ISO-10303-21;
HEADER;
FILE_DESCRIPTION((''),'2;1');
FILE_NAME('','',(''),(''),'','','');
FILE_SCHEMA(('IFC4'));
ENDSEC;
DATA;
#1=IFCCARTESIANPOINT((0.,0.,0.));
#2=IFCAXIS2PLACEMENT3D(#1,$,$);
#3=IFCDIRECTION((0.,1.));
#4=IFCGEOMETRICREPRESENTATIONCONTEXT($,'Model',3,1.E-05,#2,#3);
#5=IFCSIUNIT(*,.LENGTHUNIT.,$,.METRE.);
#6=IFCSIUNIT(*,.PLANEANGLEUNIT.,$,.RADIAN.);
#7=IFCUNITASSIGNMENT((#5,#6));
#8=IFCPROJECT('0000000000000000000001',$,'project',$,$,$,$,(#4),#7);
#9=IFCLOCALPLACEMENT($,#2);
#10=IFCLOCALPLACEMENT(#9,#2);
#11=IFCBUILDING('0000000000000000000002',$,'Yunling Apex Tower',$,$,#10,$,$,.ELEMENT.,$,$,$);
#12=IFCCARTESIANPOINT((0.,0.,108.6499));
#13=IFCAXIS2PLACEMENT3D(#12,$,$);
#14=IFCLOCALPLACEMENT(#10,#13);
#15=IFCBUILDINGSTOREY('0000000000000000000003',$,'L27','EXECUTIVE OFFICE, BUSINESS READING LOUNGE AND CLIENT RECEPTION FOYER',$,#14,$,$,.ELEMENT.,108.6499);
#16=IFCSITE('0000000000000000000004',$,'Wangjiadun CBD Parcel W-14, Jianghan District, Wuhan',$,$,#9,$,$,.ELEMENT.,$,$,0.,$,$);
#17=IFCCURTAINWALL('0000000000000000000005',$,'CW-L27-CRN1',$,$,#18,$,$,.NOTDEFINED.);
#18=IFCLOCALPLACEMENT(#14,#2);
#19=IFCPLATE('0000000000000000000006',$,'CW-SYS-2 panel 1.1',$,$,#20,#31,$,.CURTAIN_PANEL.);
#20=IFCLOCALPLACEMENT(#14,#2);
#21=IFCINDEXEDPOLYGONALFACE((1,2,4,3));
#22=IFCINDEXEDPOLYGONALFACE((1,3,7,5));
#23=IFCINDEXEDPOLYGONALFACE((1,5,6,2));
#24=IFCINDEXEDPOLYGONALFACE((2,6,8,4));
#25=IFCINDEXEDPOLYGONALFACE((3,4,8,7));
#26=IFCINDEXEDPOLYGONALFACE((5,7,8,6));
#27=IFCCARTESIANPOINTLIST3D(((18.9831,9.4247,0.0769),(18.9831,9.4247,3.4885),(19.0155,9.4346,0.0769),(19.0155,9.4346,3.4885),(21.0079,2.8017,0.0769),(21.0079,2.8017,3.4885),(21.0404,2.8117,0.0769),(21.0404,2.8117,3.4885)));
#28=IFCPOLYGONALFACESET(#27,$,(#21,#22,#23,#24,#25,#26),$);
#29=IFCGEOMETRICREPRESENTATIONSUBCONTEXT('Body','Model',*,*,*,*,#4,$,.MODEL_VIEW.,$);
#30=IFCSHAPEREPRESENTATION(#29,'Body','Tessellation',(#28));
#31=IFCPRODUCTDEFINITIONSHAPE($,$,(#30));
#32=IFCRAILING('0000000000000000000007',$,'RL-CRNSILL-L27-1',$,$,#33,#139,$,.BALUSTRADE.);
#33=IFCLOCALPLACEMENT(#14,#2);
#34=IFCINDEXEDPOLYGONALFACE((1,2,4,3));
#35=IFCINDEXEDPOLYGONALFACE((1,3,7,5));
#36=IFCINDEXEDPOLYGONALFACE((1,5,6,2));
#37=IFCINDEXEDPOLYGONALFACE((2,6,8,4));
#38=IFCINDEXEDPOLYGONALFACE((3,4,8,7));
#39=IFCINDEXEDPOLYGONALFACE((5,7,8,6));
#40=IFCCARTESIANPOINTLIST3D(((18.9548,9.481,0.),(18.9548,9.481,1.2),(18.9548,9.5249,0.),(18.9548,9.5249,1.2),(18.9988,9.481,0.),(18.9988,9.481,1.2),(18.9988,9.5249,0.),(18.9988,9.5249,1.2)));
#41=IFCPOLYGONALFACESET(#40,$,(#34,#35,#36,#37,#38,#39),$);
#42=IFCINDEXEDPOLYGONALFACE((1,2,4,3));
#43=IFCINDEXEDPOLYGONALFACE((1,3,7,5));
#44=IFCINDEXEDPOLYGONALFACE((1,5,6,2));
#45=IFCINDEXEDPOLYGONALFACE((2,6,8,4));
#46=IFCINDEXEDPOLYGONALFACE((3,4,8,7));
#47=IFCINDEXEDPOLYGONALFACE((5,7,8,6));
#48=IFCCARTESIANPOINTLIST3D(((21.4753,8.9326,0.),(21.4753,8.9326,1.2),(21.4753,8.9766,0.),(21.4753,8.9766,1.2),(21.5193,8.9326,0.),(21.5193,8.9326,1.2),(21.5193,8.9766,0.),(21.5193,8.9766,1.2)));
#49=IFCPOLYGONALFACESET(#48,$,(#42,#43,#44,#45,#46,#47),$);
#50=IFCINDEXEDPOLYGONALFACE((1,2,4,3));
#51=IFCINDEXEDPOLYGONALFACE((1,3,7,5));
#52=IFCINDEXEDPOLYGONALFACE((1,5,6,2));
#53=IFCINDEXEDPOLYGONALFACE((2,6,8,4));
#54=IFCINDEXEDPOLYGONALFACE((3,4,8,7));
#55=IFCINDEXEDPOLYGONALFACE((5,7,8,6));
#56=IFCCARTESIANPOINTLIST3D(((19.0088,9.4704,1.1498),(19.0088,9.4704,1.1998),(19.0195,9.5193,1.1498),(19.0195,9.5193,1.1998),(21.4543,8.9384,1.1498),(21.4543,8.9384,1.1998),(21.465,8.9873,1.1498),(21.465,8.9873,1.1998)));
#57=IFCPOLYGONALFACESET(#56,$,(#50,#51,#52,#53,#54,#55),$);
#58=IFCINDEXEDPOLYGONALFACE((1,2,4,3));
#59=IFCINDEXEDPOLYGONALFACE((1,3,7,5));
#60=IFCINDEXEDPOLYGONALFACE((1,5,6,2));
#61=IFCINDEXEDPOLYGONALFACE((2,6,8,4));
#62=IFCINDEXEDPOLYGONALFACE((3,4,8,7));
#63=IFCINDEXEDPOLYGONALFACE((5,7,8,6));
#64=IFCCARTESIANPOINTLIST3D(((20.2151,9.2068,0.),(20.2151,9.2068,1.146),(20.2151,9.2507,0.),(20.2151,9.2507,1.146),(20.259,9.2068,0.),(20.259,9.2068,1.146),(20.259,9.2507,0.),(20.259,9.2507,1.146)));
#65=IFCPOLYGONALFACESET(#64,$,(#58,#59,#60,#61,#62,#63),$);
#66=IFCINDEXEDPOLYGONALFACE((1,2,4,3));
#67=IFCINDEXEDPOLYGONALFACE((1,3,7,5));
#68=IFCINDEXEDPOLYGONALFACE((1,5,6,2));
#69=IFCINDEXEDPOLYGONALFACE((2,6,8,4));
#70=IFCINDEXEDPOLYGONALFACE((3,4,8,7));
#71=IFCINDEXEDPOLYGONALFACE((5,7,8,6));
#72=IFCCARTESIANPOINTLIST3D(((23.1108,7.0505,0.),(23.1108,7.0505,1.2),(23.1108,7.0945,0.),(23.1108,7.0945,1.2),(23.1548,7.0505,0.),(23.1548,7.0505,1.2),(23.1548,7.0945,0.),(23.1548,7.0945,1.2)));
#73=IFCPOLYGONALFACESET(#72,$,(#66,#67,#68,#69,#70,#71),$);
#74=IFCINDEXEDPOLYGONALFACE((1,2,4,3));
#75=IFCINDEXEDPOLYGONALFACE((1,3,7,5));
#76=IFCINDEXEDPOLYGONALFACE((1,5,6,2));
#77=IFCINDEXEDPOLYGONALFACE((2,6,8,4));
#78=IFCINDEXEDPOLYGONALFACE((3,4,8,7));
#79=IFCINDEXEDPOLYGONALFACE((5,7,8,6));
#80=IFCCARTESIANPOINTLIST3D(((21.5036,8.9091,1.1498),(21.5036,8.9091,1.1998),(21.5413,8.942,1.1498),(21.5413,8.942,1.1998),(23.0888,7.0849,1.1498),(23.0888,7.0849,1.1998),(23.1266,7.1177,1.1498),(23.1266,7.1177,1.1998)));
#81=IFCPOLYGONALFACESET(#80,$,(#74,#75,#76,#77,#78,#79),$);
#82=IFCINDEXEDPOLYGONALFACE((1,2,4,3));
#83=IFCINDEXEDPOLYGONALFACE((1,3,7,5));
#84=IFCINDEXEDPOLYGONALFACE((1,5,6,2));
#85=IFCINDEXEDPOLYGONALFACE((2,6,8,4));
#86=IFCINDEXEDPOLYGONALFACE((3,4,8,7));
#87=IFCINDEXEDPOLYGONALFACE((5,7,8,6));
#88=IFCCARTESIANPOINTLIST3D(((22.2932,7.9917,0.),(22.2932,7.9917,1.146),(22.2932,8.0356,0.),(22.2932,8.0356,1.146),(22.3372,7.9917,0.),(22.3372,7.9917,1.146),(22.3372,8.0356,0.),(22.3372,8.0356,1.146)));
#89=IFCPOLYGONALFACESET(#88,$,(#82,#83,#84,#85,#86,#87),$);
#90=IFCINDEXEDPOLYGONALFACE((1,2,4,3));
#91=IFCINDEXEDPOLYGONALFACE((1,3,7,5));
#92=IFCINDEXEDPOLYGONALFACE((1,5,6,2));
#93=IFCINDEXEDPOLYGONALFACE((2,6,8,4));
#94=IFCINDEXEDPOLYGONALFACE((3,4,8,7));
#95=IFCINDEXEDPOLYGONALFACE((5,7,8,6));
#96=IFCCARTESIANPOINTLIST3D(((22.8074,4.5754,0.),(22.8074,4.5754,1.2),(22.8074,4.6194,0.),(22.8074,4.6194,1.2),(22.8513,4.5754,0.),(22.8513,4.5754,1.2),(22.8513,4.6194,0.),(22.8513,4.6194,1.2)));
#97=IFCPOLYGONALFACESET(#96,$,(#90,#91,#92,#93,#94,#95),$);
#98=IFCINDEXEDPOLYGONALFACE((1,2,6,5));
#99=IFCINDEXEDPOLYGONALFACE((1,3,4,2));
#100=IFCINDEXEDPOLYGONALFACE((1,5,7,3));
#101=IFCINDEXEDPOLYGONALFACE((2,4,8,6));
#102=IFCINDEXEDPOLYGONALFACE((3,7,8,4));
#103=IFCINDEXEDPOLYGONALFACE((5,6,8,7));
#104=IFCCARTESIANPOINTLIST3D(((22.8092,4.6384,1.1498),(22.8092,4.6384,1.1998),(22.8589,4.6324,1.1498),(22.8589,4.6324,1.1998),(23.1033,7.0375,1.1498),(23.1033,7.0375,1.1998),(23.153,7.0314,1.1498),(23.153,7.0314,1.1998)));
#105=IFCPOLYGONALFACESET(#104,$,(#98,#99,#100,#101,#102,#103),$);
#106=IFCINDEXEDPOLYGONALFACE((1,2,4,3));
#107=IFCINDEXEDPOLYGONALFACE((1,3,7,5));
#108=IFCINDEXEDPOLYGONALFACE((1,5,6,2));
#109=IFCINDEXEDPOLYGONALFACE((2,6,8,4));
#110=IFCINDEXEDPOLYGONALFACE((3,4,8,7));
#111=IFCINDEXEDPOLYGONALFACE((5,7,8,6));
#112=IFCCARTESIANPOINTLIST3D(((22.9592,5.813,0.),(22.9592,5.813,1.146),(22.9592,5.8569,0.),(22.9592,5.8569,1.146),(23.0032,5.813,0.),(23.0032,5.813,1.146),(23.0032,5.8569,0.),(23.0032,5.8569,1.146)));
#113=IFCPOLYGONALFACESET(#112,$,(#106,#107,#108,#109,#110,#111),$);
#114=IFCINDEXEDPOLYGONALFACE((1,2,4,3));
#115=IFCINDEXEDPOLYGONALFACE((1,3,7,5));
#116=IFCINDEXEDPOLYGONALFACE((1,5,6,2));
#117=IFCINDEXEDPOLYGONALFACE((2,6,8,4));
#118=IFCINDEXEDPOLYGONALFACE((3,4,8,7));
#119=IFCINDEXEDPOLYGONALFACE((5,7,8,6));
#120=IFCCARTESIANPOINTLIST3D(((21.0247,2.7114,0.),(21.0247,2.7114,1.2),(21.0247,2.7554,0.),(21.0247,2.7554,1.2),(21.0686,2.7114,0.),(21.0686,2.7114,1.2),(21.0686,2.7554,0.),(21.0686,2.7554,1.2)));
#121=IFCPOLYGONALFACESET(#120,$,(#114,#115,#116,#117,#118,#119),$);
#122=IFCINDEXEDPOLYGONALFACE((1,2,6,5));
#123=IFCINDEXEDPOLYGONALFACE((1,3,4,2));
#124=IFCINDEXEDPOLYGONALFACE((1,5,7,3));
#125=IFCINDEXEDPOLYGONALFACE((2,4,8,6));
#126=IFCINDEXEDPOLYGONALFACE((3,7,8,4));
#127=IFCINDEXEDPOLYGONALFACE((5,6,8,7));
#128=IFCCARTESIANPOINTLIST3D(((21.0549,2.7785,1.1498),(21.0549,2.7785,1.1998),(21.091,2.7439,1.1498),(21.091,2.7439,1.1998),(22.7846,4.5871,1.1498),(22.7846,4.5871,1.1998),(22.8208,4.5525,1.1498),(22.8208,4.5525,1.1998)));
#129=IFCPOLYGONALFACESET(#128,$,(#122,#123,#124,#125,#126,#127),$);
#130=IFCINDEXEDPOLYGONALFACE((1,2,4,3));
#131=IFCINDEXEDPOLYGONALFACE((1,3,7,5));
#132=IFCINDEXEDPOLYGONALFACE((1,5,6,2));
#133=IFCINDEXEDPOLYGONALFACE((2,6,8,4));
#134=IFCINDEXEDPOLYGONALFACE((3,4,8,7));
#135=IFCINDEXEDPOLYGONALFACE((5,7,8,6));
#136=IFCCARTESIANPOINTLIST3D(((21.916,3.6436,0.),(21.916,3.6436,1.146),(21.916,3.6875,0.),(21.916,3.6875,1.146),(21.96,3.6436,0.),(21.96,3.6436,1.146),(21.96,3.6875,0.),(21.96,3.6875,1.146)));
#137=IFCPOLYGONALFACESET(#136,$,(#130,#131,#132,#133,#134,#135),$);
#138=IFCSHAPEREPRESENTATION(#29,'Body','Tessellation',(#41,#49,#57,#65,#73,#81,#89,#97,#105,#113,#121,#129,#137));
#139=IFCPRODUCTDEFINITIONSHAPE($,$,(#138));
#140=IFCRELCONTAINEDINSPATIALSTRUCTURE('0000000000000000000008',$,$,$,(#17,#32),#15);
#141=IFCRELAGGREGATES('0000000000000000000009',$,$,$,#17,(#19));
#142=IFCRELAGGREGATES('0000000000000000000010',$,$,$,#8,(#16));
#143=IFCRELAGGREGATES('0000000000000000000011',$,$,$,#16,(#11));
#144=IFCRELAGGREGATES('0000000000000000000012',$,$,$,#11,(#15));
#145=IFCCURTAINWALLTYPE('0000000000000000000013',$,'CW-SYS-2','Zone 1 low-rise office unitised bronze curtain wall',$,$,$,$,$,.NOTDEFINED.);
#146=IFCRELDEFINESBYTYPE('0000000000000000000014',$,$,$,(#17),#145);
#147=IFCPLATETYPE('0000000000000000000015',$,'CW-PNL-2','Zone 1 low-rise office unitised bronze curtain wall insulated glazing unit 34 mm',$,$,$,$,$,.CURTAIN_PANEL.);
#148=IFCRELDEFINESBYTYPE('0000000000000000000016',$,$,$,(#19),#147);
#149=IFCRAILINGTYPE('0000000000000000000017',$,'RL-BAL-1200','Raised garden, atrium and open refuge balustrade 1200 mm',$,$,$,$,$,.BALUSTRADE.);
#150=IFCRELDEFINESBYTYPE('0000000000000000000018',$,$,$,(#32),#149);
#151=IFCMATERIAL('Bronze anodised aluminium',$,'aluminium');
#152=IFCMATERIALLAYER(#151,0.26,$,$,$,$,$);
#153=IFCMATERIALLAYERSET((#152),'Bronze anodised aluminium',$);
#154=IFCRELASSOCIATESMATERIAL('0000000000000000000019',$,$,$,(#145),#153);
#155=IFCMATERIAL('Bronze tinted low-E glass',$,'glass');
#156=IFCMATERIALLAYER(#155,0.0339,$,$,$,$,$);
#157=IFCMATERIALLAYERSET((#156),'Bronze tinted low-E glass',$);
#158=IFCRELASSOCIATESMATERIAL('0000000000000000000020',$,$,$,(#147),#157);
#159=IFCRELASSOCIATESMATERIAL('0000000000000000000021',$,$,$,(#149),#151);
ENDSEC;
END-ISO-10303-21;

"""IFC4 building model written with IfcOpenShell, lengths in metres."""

from ifc_helpers import new_model, si_unit, direction, frame, origin, origin_2d, place, context, subcontext, project, spatial, rectangle, extrude, source, transform, mapped, material, layer, layer_set, type_object, element, aggregate, save


model = new_model("IFC4")

# Units and contexts
model_context = context("Model", 3, precision=1e-05, world=origin(), true_north=direction((0.0, 1.0)))
body_context = subcontext(model_context, "Body", "Model", "MODEL_VIEW")
ifc_project = project(units=[si_unit("LENGTHUNIT", "METRE"), si_unit("PLANEANGLEUNIT", "RADIAN")], contexts=[model_context])

# Site, building, storey
site_placement = place(None, origin())
site = spatial("IfcSite", under=ifc_project, at=site_placement, Name="Wangjiadun CBD Parcel W-14, Jianghan District, Wuhan", CompositionType="ELEMENT", RefElevation=0.0)
building_placement = place(site_placement, origin())
building = spatial("IfcBuilding", under=site, at=building_placement, Name="Yunling Apex Tower", CompositionType="ELEMENT")
storey_placement = place(building_placement, frame((0.0, 0.0, 108.6499)))
storey = spatial("IfcBuildingStorey", under=building, at=storey_placement, Name="L27", Description="EXECUTIVE OFFICE, BUSINESS READING LOUNGE AND CLIENT RECEPTION FOYER", CompositionType="ELEMENT", Elevation=108.6499)

# Shared definitions
ifc_material_1 = material(Name="Bronze anodised aluminium", Category="aluminium")
ifc_layer_1 = layer(ifc_material_1, 0.26)
ifc_layer_set_1 = layer_set([ifc_layer_1], Name="Bronze anodised aluminium")
curtain_wall_type = type_object("IfcCurtainWallType", Name="CW-SYS-2", Description="Zone 1 low-rise office unitised bronze curtain wall", PredefinedType="NOTDEFINED", material=ifc_layer_set_1)

# Curtain wall
curtain_wall_1_placement = place(storey_placement, origin())
curtain_wall_1 = element("IfcCurtainWall", 1, at=curtain_wall_1_placement, inside=storey, type_object=curtain_wall_type, Name="CW-L27-CRN1", PredefinedType="NOTDEFINED")

# Plate
ifc_material_2 = material(Name="Bronze tinted low-E glass", Category="glass")
ifc_layer_2 = layer(ifc_material_2, 0.0339)
ifc_layer_set_2 = layer_set([ifc_layer_2], Name="Bronze tinted low-E glass")
plate_type = type_object("IfcPlateType", Name="CW-PNL-2", Description="Zone 1 low-rise office unitised bronze curtain wall insulated glazing unit 34 mm", PredefinedType="CURTAIN_PANEL", material=ifc_layer_set_2)
shared_shape_1 = source(origin(), body_context, "Body", "SweptSolid", [
    extrude(rectangle(XDim=6.9255, YDim=0.0339, at=origin_2d()), origin(), (0.0, 0.0, 1.0), 3.4116),
])
plate_1_placement = place(storey_placement, frame((20.0117, 6.1182, 0.0769), z_axis=(0.0, 0.0, 1.0), x_axis=(-0.292375, 0.956304, 0.0)))
plate_1 = element("IfcPlate", 2, at=plate_1_placement, type_object=plate_type, Name="CW-SYS-2 panel 1.1", PredefinedType="CURTAIN_PANEL", context=body_context, shape_type="MappedRepresentation", body=[
    mapped(shared_shape_1, transform((0.0, 0.0, 0.0), scale=1.0)),
])
aggregate(curtain_wall_1, [plate_1])

# Railing
railing_type = type_object("IfcRailingType", Name="RL-BAL-1200", Description="Raised garden, atrium and open refuge balustrade 1200 mm", PredefinedType="BALUSTRADE", material=ifc_material_1)
railing_placement = place(storey_placement, frame((18.9768, 9.5029, 0.0)))
element("IfcRailing", 3, at=railing_placement, inside=storey, type_object=railing_type, Name="RL-CRNSILL-L27-1", PredefinedType="BALUSTRADE", context=body_context, shape_type="SweptSolid", body=[
    extrude(rectangle(XDim=0.0439, YDim=0.0439, at=origin_2d()), origin(), (0.0, 0.0, 1.0), 1.2),
    extrude(rectangle(XDim=0.0439, YDim=0.0439, at=origin_2d()), frame((2.5205, -0.5483, 0.0)), (0.0, 0.0, 1.0), 1.2),
    extrude(rectangle(XDim=0.05, YDim=0.05, at=origin_2d()), frame((0.0374, -0.0081, 1.1748), z_axis=(0.977144, -0.212579, 0.0), x_axis=(0.212579, 0.977144, 0.0)), (0.0, 0.0, 1.0), 2.5027),
    extrude(rectangle(XDim=0.0439, YDim=0.0439, at=origin_2d()), frame((1.2603, -0.2742, 0.0)), (0.0, 0.0, 1.0), 1.146),
    extrude(rectangle(XDim=0.0439, YDim=0.0439, at=origin_2d()), frame((4.156, -2.4304, 0.0)), (0.0, 0.0, 1.0), 1.2),
    extrude(rectangle(XDim=0.05, YDim=0.05, at=origin_2d()), frame((2.5457, -0.5774, 1.1748), z_axis=(0.655929, -0.754823, 0.0), x_axis=(0.754823, 0.655929, 0.0)), (0.0, 0.0, 1.0), 2.4167),
    extrude(rectangle(XDim=0.0439, YDim=0.0439, at=origin_2d()), frame((3.3384, -1.4893, 0.0)), (0.0, 0.0, 1.0), 1.146),
    extrude(rectangle(XDim=0.0439, YDim=0.0439, at=origin_2d()), frame((3.8525, -4.9055, 0.0)), (0.0, 0.0, 1.0), 1.2),
    extrude(rectangle(XDim=0.05, YDim=0.05, at=origin_2d()), frame((4.1514, -2.4685, 1.1748), z_axis=(-0.121697, -0.992567, 0.0), x_axis=(0.992567, -0.121697, 0.0)), (0.0, 0.0, 1.0), 2.417),
    extrude(rectangle(XDim=0.0439, YDim=0.0439, at=origin_2d()), frame((4.0044, -3.668, 0.0)), (0.0, 0.0, 1.0), 1.146),
    extrude(rectangle(XDim=0.0439, YDim=0.0439, at=origin_2d()), frame((2.0698, -6.7695, 0.0)), (0.0, 0.0, 1.0), 1.2),
    extrude(rectangle(XDim=0.05, YDim=0.05, at=origin_2d()), frame((3.8259, -4.9331, 1.1748), z_axis=(-0.691171, -0.722691, 0.0), x_axis=(0.722691, -0.691171, 0.0)), (0.0, 0.0, 1.0), 2.5027),
    extrude(rectangle(XDim=0.0439, YDim=0.0439, at=origin_2d()), frame((2.9612, -5.8374, 0.0)), (0.0, 0.0, 1.0), 1.146),
])

save(model, "model.ifc")
